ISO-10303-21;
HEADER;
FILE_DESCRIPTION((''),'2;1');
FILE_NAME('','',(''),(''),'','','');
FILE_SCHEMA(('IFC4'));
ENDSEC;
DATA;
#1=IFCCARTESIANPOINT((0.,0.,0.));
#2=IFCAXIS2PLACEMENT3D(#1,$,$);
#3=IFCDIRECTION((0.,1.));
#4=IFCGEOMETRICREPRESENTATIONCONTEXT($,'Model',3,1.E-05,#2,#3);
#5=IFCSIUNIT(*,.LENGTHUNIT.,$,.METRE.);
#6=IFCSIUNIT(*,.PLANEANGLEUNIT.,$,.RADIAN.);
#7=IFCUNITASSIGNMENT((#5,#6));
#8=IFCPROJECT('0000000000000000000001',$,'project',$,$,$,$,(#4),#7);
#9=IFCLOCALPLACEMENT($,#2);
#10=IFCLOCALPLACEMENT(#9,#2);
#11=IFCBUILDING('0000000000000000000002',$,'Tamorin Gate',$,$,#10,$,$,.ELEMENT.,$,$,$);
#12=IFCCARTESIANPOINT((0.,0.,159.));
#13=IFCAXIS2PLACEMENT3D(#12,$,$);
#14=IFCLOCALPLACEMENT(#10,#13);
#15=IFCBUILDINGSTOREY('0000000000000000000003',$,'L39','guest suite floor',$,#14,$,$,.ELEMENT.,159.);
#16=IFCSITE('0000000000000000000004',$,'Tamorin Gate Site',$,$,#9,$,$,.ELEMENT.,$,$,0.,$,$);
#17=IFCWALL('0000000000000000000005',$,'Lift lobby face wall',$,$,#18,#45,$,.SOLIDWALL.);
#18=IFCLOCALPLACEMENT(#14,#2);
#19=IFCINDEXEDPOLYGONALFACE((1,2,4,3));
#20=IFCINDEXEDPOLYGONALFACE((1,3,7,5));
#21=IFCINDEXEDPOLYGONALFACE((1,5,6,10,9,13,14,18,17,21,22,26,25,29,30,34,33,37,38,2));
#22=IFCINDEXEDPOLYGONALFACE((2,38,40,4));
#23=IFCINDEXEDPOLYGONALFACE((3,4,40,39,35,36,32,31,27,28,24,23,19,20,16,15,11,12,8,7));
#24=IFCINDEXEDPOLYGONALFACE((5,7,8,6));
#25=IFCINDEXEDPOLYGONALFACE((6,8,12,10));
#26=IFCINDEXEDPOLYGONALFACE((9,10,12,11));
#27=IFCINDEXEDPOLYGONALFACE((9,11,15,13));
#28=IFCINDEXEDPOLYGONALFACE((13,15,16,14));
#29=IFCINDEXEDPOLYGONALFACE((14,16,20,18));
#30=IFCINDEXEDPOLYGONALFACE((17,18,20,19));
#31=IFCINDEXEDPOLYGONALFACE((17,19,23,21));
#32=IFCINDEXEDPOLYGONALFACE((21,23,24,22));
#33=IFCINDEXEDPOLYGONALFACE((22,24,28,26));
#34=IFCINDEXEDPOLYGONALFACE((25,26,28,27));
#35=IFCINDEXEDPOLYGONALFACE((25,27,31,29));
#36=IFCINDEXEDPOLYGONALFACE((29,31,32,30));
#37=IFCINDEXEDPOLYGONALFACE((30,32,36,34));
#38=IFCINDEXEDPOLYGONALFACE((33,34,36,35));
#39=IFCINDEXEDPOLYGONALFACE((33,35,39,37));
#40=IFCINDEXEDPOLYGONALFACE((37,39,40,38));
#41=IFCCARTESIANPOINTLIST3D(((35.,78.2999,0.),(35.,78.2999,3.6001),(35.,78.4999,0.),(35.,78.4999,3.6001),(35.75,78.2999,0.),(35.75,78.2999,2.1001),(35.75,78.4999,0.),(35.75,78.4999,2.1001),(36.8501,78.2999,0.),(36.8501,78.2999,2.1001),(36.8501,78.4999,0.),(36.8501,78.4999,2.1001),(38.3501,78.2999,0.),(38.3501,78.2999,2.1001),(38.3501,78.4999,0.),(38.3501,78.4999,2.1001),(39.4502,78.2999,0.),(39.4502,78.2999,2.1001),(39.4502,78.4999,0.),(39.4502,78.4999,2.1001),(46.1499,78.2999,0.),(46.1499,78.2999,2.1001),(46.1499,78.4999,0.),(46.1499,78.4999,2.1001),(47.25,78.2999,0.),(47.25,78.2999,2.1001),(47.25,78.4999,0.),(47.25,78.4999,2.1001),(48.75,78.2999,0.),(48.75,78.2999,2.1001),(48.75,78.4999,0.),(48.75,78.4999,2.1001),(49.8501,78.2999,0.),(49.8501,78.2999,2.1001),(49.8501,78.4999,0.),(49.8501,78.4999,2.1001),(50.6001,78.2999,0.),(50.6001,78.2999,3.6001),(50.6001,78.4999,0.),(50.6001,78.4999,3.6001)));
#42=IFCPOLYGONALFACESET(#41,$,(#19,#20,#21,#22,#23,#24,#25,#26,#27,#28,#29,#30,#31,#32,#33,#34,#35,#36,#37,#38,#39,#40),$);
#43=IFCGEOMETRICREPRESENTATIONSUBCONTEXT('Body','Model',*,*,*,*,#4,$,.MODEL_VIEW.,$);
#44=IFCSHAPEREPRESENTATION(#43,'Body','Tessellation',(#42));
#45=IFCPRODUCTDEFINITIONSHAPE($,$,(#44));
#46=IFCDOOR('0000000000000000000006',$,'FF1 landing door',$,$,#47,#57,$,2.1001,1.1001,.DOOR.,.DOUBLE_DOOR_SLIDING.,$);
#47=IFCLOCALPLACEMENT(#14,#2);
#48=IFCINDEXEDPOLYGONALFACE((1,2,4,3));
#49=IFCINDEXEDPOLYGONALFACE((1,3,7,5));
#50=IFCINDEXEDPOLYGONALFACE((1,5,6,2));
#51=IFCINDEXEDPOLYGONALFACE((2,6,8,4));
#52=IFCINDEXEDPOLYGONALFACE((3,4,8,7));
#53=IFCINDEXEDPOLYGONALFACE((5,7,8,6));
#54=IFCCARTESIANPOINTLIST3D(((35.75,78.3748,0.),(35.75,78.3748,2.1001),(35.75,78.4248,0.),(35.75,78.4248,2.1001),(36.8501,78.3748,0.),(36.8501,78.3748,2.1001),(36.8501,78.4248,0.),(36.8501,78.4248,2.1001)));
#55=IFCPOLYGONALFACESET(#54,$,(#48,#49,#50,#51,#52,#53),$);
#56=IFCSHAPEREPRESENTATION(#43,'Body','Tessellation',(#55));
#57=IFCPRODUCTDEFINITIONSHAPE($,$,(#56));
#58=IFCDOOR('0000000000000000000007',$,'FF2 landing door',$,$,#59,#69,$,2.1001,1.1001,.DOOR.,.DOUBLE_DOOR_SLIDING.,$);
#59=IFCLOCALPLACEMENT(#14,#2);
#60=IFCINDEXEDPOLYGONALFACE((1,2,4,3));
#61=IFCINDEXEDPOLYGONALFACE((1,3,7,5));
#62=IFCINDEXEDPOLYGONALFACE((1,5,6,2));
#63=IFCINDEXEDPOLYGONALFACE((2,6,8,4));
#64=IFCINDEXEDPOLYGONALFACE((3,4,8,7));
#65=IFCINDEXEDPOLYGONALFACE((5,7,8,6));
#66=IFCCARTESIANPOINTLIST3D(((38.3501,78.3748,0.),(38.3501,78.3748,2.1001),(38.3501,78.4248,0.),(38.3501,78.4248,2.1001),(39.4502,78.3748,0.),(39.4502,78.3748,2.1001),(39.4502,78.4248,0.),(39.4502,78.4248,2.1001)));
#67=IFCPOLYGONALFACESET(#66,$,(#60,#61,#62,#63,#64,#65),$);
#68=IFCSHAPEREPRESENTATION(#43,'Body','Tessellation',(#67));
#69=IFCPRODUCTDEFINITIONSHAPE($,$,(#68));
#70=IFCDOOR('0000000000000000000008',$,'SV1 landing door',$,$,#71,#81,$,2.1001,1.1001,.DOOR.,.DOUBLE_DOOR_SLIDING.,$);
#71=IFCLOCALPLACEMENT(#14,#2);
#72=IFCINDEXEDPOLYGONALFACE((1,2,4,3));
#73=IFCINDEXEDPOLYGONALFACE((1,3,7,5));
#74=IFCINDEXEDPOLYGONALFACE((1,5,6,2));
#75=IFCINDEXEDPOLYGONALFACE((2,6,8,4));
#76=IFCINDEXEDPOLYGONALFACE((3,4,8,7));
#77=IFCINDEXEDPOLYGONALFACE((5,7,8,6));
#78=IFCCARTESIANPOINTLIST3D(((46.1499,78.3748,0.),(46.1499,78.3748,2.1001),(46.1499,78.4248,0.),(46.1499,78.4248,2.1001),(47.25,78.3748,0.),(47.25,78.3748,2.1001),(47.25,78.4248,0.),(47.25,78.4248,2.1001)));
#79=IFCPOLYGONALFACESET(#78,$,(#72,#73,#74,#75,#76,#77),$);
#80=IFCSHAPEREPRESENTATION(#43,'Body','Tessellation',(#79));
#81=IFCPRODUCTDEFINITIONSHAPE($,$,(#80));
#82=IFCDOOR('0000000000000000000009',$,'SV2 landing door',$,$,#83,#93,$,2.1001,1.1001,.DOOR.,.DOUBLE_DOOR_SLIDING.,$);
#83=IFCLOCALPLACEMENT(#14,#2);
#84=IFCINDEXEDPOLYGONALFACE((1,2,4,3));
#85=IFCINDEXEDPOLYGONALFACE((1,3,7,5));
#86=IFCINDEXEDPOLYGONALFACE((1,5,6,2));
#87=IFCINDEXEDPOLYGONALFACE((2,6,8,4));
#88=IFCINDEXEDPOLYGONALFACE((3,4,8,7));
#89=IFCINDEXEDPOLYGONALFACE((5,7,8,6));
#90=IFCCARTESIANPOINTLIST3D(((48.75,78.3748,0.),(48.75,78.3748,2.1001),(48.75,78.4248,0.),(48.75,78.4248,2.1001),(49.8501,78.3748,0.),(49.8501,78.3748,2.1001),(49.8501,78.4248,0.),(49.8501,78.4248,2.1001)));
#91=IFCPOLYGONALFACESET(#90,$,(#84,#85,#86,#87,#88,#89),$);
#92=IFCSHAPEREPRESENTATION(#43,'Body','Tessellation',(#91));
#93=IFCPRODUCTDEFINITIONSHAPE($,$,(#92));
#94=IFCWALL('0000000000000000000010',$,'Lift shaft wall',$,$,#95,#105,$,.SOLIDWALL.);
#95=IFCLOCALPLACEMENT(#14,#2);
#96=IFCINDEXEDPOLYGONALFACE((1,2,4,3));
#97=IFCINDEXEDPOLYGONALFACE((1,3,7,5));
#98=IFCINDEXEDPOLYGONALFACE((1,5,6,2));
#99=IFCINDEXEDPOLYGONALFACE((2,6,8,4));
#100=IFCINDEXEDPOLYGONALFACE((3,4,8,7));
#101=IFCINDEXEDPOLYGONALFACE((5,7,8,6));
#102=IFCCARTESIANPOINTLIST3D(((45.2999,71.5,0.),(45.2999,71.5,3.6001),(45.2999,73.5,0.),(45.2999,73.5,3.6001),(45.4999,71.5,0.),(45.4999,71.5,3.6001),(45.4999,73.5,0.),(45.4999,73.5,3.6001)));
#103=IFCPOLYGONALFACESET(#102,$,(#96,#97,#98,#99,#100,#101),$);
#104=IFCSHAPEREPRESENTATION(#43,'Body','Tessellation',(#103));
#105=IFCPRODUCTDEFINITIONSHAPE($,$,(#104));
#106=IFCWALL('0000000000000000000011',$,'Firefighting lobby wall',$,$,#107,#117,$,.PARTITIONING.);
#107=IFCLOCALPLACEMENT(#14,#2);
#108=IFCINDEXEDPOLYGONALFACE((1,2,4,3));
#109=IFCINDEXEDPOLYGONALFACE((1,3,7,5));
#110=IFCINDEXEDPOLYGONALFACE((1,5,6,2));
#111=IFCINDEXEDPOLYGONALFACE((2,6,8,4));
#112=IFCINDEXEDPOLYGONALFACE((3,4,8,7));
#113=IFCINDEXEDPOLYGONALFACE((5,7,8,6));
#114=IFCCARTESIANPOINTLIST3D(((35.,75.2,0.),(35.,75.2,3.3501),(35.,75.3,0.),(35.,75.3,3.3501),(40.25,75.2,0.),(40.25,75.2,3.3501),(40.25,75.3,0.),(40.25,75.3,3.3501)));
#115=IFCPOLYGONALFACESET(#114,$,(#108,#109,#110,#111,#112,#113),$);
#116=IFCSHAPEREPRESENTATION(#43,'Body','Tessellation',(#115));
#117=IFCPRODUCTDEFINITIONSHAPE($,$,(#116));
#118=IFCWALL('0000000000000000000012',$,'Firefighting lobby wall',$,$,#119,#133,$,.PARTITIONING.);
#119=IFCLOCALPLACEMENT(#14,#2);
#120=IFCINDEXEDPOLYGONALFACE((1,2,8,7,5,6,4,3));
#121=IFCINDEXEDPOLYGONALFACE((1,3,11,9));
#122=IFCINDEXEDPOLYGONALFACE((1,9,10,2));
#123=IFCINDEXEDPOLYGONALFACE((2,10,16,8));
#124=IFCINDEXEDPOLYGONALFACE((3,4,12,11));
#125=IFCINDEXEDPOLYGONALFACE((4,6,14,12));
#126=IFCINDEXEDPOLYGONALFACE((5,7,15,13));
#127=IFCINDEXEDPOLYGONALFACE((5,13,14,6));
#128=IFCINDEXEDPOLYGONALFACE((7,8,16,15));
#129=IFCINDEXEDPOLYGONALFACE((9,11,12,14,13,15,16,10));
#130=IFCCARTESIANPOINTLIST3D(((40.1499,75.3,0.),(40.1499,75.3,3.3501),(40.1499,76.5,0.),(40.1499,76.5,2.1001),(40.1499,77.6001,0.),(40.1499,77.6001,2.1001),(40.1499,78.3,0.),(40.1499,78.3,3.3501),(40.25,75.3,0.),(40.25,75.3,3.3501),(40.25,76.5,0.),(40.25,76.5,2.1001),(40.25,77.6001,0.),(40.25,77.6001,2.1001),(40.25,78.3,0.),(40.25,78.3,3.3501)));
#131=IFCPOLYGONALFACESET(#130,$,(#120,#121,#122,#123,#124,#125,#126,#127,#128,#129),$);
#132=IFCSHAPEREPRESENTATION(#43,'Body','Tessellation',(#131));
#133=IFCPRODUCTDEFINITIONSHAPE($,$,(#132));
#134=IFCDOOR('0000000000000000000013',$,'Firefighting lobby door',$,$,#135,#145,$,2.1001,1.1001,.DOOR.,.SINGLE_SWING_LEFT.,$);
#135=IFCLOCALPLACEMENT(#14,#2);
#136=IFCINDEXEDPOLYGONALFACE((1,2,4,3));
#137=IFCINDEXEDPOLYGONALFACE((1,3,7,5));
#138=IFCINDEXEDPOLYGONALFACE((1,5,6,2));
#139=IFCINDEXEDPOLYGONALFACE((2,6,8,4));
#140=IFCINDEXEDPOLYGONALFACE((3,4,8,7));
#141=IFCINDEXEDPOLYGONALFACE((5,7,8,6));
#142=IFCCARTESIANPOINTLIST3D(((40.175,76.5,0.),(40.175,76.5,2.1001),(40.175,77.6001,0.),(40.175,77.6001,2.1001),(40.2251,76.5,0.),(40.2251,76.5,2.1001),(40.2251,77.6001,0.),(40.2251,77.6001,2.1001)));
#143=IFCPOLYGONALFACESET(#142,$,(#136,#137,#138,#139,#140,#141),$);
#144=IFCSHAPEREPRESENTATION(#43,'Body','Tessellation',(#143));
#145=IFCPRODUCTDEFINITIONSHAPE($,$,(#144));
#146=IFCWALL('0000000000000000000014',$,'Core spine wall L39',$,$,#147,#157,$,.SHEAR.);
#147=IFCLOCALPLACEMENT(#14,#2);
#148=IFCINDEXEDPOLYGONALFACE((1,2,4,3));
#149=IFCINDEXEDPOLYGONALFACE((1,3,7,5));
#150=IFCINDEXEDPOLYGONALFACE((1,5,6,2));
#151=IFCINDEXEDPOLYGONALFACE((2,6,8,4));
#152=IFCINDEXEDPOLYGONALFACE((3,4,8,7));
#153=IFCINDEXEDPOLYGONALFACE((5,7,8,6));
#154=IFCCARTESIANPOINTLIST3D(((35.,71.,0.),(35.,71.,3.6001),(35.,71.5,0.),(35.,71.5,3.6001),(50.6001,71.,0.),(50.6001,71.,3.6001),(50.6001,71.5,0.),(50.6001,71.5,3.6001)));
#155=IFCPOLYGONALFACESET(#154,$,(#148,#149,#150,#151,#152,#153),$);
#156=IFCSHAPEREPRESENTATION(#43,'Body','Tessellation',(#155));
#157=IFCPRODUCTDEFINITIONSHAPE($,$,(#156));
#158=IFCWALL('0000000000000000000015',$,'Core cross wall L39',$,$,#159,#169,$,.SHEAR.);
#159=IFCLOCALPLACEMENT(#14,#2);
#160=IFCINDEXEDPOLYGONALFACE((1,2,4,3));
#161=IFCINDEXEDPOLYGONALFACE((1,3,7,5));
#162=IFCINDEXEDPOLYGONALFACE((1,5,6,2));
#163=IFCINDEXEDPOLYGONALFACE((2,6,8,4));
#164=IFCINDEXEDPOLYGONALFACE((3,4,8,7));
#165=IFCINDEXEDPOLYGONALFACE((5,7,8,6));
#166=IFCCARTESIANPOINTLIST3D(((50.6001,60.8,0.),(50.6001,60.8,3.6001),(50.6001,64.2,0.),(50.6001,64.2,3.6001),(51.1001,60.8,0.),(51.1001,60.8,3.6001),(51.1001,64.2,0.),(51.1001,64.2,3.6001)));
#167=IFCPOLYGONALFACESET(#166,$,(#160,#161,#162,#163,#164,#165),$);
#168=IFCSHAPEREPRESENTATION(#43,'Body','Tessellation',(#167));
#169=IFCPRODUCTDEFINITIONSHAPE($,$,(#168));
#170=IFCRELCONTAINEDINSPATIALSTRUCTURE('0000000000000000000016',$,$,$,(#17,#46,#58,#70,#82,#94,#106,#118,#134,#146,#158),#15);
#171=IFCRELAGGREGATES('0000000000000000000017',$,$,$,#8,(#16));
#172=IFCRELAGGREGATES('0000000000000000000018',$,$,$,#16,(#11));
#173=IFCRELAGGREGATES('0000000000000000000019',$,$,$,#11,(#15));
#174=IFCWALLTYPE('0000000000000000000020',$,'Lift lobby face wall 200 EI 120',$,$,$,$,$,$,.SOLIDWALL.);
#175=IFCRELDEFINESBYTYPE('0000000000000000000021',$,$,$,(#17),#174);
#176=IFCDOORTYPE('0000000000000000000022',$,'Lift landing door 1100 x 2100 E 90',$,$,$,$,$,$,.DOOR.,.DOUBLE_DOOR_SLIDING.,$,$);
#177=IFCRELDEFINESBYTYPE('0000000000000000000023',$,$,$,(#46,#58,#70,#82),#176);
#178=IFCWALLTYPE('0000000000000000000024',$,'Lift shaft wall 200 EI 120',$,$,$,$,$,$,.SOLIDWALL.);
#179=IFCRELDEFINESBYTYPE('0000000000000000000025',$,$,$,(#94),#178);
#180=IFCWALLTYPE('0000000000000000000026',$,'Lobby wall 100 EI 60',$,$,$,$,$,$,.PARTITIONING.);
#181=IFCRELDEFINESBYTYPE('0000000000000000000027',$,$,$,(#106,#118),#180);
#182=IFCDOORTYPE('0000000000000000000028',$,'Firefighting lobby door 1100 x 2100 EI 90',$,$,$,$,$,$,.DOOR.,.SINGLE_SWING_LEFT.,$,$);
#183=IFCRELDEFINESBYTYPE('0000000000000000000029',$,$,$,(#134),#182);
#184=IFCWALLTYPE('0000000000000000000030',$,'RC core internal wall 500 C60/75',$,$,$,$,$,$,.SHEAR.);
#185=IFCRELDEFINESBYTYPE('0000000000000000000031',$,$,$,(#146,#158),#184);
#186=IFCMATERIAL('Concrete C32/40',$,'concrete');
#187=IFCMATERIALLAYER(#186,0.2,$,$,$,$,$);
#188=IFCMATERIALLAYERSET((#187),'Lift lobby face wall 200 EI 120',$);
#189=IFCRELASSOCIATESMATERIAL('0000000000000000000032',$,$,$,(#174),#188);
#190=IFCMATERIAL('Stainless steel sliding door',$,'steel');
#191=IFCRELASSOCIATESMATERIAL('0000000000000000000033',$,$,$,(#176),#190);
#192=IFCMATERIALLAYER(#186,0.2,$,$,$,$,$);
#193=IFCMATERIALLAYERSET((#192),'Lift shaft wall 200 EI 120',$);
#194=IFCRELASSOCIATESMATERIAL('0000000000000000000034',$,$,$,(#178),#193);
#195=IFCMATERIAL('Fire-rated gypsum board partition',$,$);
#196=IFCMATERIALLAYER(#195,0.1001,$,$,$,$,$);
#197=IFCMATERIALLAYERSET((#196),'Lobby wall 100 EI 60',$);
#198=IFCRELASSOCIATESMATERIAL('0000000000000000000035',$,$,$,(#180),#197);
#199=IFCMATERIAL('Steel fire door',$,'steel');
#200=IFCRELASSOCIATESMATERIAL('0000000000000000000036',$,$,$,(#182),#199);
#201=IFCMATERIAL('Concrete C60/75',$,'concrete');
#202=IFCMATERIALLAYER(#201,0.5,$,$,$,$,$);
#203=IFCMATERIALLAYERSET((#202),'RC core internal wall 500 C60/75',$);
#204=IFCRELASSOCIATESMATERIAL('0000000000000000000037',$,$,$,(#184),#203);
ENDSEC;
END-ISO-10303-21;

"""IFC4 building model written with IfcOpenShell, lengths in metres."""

from ifc_helpers import new_model, si_unit, direction, frame, frame_2d, origin, place, context, subcontext, project, spatial, rectangle, extrude, material, layer, layer_set, type_object, element, fill, save


model = new_model("IFC4")

# Units and contexts
model_context = context("Model", 3, precision=1e-05, world=origin(), true_north=direction((0.0, 1.0)))
body_context = subcontext(model_context, "Body", "Model", "MODEL_VIEW")
ifc_project = project(units=[si_unit("LENGTHUNIT", "METRE"), si_unit("PLANEANGLEUNIT", "RADIAN")], contexts=[model_context])

# Site, building, storey
site_placement = place(None, origin())
site = spatial("IfcSite", under=ifc_project, at=site_placement, Name="Tamorin Gate Site", CompositionType="ELEMENT", RefElevation=0.0)
building_placement = place(site_placement, origin())
building = spatial("IfcBuilding", under=site, at=building_placement, Name="Tamorin Gate", CompositionType="ELEMENT")
storey_placement = place(building_placement, frame((0.0, 0.0, 159.0)))
storey = spatial("IfcBuildingStorey", under=building, at=storey_placement, Name="L39", Description="guest suite floor", CompositionType="ELEMENT", Elevation=159.0)

# Wall, openings, doors
ifc_material_1 = material(Name="Concrete C32/40", Category="concrete")
ifc_layer_1 = layer(ifc_material_1, 0.2)
ifc_layer_set_1 = layer_set([ifc_layer_1], Name="Lift lobby face wall 200 EI 120")
wall_type_1 = type_object("IfcWallType", Name="Lift lobby face wall 200 EI 120", PredefinedType="SOLIDWALL", material=ifc_layer_set_1)
ifc_material_2 = material(Name="Stainless steel sliding door", Category="steel")
door_type_1 = type_object("IfcDoorType", Name="Lift landing door 1100 x 2100 E 90", OperationType="DOUBLE_DOOR_SLIDING", PredefinedType="DOOR", material=ifc_material_2)
wall_1_placement = place(storey_placement, frame((35.0, 78.3999, 0.0), z_axis=(0.0, 0.0, 1.0), x_axis=(1.0, 0.0, 0.0)))
wall_1 = element("IfcWall", 1, at=wall_1_placement, inside=storey, type_object=wall_type_1, Name="Lift lobby face wall", PredefinedType="SOLIDWALL", context=body_context, shape_type="SweptSolid", body=[
    extrude(rectangle(XDim=15.6001, YDim=0.2, at=frame_2d((7.8, 0.0))), origin(), (0.0, 0.0, 1.0), 3.6001),
])
opening_1_placement = place(wall_1_placement, frame((0.75, 0.0, 0.0)))
opening_1 = element("IfcOpeningElement", 2, at=opening_1_placement, cuts=wall_1, PredefinedType="OPENING", context=body_context, shape_type="SweptSolid", body=[
    extrude(rectangle(XDim=1.1001, YDim=2.1001, at=frame_2d((0.55, 1.05))), frame((0.0, 0.1099, 0.0), z_axis=(0.0, -1.0, 0.0), x_axis=(1.0, 0.0, 0.0)), (0.0, 0.0, 1.0), 0.22),
])
opening_2_placement = place(wall_1_placement, frame((3.3501, 0.0, 0.0)))
opening_2 = element("IfcOpeningElement", 3, at=opening_2_placement, cuts=wall_1, PredefinedType="OPENING", context=body_context, shape_type="SweptSolid", body=[
    extrude(rectangle(XDim=1.1001, YDim=2.1001, at=frame_2d((0.55, 1.05))), frame((0.0, 0.1099, 0.0), z_axis=(0.0, -1.0, 0.0), x_axis=(1.0, 0.0, 0.0)), (0.0, 0.0, 1.0), 0.22),
])
opening_3_placement = place(wall_1_placement, frame((11.1499, 0.0, 0.0)))
opening_3 = element("IfcOpeningElement", 4, at=opening_3_placement, cuts=wall_1, PredefinedType="OPENING", context=body_context, shape_type="SweptSolid", body=[
    extrude(rectangle(XDim=1.1001, YDim=2.1001, at=frame_2d((0.55, 1.05))), frame((0.0, 0.1099, 0.0), z_axis=(0.0, -1.0, 0.0), x_axis=(1.0, 0.0, 0.0)), (0.0, 0.0, 1.0), 0.22),
])
opening_4_placement = place(wall_1_placement, frame((13.75, 0.0, 0.0)))
opening_4 = element("IfcOpeningElement", 5, at=opening_4_placement, cuts=wall_1, PredefinedType="OPENING", context=body_context, shape_type="SweptSolid", body=[
    extrude(rectangle(XDim=1.1001, YDim=2.1001, at=frame_2d((0.55, 1.05))), frame((0.0, 0.1099, 0.0), z_axis=(0.0, -1.0, 0.0), x_axis=(1.0, 0.0, 0.0)), (0.0, 0.0, 1.0), 0.22),
])
door_1_placement = place(opening_1_placement, origin())
door_1 = element("IfcDoor", 6, at=door_1_placement, inside=storey, type_object=door_type_1, Name="FF1 landing door", OperationType="DOUBLE_DOOR_SLIDING", OverallHeight=2.1001, OverallWidth=1.1001, PredefinedType="DOOR", context=body_context, shape_type="SweptSolid", body=[
    extrude(rectangle(XDim=1.1001, YDim=2.1001, at=frame_2d((0.55, 1.05))), frame((0.0, 0.0249, 0.0), z_axis=(0.0, -1.0, 0.0), x_axis=(1.0, 0.0, 0.0)), (0.0, 0.0, 1.0), 0.05),
])
fill(opening_1, door_1)
door_2_placement = place(opening_2_placement, origin())
door_2 = element("IfcDoor", 7, at=door_2_placement, inside=storey, type_object=door_type_1, Name="FF2 landing door", OperationType="DOUBLE_DOOR_SLIDING", OverallHeight=2.1001, OverallWidth=1.1001, PredefinedType="DOOR", context=body_context, shape_type="SweptSolid", body=[
    extrude(rectangle(XDim=1.1001, YDim=2.1001, at=frame_2d((0.55, 1.05))), frame((0.0, 0.0249, 0.0), z_axis=(0.0, -1.0, 0.0), x_axis=(1.0, 0.0, 0.0)), (0.0, 0.0, 1.0), 0.05),
])
fill(opening_2, door_2)
door_3_placement = place(opening_3_placement, origin())
door_3 = element("IfcDoor", 8, at=door_3_placement, inside=storey, type_object=door_type_1, Name="SV1 landing door", OperationType="DOUBLE_DOOR_SLIDING", OverallHeight=2.1001, OverallWidth=1.1001, PredefinedType="DOOR", context=body_context, shape_type="SweptSolid", body=[
    extrude(rectangle(XDim=1.1001, YDim=2.1001, at=frame_2d((0.55, 1.05))), frame((0.0, 0.0249, 0.0), z_axis=(0.0, -1.0, 0.0), x_axis=(1.0, 0.0, 0.0)), (0.0, 0.0, 1.0), 0.05),
])
fill(opening_3, door_3)
door_4_placement = place(opening_4_placement, origin())
door_4 = element("IfcDoor", 9, at=door_4_placement, inside=storey, type_object=door_type_1, Name="SV2 landing door", OperationType="DOUBLE_DOOR_SLIDING", OverallHeight=2.1001, OverallWidth=1.1001, PredefinedType="DOOR", context=body_context, shape_type="SweptSolid", body=[
    extrude(rectangle(XDim=1.1001, YDim=2.1001, at=frame_2d((0.55, 1.05))), frame((0.0, 0.0249, 0.0), z_axis=(0.0, -1.0, 0.0), x_axis=(1.0, 0.0, 0.0)), (0.0, 0.0, 1.0), 0.05),
])
fill(opening_4, door_4)

# Walls
ifc_layer_2 = layer(ifc_material_1, 0.2)
ifc_layer_set_2 = layer_set([ifc_layer_2], Name="Lift shaft wall 200 EI 120")
wall_type_2 = type_object("IfcWallType", Name="Lift shaft wall 200 EI 120", PredefinedType="SOLIDWALL", material=ifc_layer_set_2)
wall_2_placement = place(storey_placement, frame((45.3999, 71.5, 0.0), z_axis=(0.0, 0.0, 1.0), x_axis=(0.0, 1.0, 0.0)))
element("IfcWall", 10, at=wall_2_placement, inside=storey, type_object=wall_type_2, Name="Lift shaft wall", PredefinedType="SOLIDWALL", context=body_context, shape_type="SweptSolid", body=[
    extrude(rectangle(XDim=2.0, YDim=0.2, at=frame_2d((1.0, 0.0))), origin(), (0.0, 0.0, 1.0), 3.6001),
])
ifc_material_3 = material(Name="Fire-rated gypsum board partition")
ifc_layer_3 = layer(ifc_material_3, 0.1001)
ifc_layer_set_3 = layer_set([ifc_layer_3], Name="Lobby wall 100 EI 60")
wall_type_3 = type_object("IfcWallType", Name="Lobby wall 100 EI 60", PredefinedType="PARTITIONING", material=ifc_layer_set_3)
wall_3_placement = place(storey_placement, frame((35.0, 75.25, 0.0), z_axis=(0.0, 0.0, 1.0), x_axis=(1.0, 0.0, 0.0)))
element("IfcWall", 11, at=wall_3_placement, inside=storey, type_object=wall_type_3, Name="Firefighting lobby wall", PredefinedType="PARTITIONING", context=body_context, shape_type="SweptSolid", body=[
    extrude(rectangle(XDim=5.25, YDim=0.1001, at=frame_2d((2.625, 0.0))), origin(), (0.0, 0.0, 1.0), 3.3501),
])

# Wall, opening, door
wall_4_placement = place(storey_placement, frame((40.2, 75.3, 0.0), z_axis=(0.0, 0.0, 1.0), x_axis=(0.0, 1.0, 0.0)))
wall_4 = element("IfcWall", 12, at=wall_4_placement, inside=storey, type_object=wall_type_3, Name="Firefighting lobby wall", PredefinedType="PARTITIONING", context=body_context, shape_type="SweptSolid", body=[
    extrude(rectangle(XDim=3.0, YDim=0.1001, at=frame_2d((1.5, 0.0))), origin(), (0.0, 0.0, 1.0), 3.3501),
])
opening_5_placement = place(wall_4_placement, frame((1.2, 0.0, 0.0)))
opening_5 = element("IfcOpeningElement", 13, at=opening_5_placement, cuts=wall_4, PredefinedType="OPENING", context=body_context, shape_type="SweptSolid", body=[
    extrude(rectangle(XDim=1.1001, YDim=2.1001, at=frame_2d((0.55, 1.05))), frame((0.0, 0.0601, 0.0), z_axis=(0.0, -1.0, 0.0), x_axis=(1.0, 0.0, 0.0)), (0.0, 0.0, 1.0), 0.1201),
])
ifc_material_4 = material(Name="Steel fire door", Category="steel")
door_type_2 = type_object("IfcDoorType", Name="Firefighting lobby door 1100 x 2100 EI 90", OperationType="SINGLE_SWING_LEFT", PredefinedType="DOOR", material=ifc_material_4)
door_5_placement = place(opening_5_placement, origin())
door_5 = element("IfcDoor", 14, at=door_5_placement, inside=storey, type_object=door_type_2, Name="Firefighting lobby door", OperationType="SINGLE_SWING_LEFT", OverallHeight=2.1001, OverallWidth=1.1001, PredefinedType="DOOR", context=body_context, shape_type="SweptSolid", body=[
    extrude(rectangle(XDim=1.1001, YDim=2.1001, at=frame_2d((0.55, 1.05))), frame((0.0, 0.0249, 0.0), z_axis=(0.0, -1.0, 0.0), x_axis=(1.0, 0.0, 0.0)), (0.0, 0.0, 1.0), 0.05),
])
fill(opening_5, door_5)

# Walls
ifc_material_5 = material(Name="Concrete C60/75", Category="concrete")
ifc_layer_4 = layer(ifc_material_5, 0.5)
ifc_layer_set_4 = layer_set([ifc_layer_4], Name="RC core internal wall 500 C60/75")
wall_type_4 = type_object("IfcWallType", Name="RC core internal wall 500 C60/75", PredefinedType="SHEAR", material=ifc_layer_set_4)
wall_5_placement = place(storey_placement, frame((35.0, 71.25, 0.0), z_axis=(0.0, 0.0, 1.0), x_axis=(1.0, 0.0, 0.0)))
element("IfcWall", 15, at=wall_5_placement, inside=storey, type_object=wall_type_4, Name="Core spine wall L39", PredefinedType="SHEAR", context=body_context, shape_type="SweptSolid", body=[
    extrude(rectangle(XDim=15.6001, YDim=0.5, at=frame_2d((7.8, 0.0))), origin(), (0.0, 0.0, 1.0), 3.6001),
])
wall_6_placement = place(storey_placement, frame((50.8501, 60.8, 0.0), z_axis=(0.0, 0.0, 1.0), x_axis=(0.0, 1.0, 0.0)))
element("IfcWall", 16, at=wall_6_placement, inside=storey, type_object=wall_type_4, Name="Core cross wall L39", PredefinedType="SHEAR", context=body_context, shape_type="SweptSolid", body=[
    extrude(rectangle(XDim=3.3999, YDim=0.5, at=frame_2d((1.7, 0.0))), origin(), (0.0, 0.0, 1.0), 3.6001),
])

save(model, "model.ifc")
